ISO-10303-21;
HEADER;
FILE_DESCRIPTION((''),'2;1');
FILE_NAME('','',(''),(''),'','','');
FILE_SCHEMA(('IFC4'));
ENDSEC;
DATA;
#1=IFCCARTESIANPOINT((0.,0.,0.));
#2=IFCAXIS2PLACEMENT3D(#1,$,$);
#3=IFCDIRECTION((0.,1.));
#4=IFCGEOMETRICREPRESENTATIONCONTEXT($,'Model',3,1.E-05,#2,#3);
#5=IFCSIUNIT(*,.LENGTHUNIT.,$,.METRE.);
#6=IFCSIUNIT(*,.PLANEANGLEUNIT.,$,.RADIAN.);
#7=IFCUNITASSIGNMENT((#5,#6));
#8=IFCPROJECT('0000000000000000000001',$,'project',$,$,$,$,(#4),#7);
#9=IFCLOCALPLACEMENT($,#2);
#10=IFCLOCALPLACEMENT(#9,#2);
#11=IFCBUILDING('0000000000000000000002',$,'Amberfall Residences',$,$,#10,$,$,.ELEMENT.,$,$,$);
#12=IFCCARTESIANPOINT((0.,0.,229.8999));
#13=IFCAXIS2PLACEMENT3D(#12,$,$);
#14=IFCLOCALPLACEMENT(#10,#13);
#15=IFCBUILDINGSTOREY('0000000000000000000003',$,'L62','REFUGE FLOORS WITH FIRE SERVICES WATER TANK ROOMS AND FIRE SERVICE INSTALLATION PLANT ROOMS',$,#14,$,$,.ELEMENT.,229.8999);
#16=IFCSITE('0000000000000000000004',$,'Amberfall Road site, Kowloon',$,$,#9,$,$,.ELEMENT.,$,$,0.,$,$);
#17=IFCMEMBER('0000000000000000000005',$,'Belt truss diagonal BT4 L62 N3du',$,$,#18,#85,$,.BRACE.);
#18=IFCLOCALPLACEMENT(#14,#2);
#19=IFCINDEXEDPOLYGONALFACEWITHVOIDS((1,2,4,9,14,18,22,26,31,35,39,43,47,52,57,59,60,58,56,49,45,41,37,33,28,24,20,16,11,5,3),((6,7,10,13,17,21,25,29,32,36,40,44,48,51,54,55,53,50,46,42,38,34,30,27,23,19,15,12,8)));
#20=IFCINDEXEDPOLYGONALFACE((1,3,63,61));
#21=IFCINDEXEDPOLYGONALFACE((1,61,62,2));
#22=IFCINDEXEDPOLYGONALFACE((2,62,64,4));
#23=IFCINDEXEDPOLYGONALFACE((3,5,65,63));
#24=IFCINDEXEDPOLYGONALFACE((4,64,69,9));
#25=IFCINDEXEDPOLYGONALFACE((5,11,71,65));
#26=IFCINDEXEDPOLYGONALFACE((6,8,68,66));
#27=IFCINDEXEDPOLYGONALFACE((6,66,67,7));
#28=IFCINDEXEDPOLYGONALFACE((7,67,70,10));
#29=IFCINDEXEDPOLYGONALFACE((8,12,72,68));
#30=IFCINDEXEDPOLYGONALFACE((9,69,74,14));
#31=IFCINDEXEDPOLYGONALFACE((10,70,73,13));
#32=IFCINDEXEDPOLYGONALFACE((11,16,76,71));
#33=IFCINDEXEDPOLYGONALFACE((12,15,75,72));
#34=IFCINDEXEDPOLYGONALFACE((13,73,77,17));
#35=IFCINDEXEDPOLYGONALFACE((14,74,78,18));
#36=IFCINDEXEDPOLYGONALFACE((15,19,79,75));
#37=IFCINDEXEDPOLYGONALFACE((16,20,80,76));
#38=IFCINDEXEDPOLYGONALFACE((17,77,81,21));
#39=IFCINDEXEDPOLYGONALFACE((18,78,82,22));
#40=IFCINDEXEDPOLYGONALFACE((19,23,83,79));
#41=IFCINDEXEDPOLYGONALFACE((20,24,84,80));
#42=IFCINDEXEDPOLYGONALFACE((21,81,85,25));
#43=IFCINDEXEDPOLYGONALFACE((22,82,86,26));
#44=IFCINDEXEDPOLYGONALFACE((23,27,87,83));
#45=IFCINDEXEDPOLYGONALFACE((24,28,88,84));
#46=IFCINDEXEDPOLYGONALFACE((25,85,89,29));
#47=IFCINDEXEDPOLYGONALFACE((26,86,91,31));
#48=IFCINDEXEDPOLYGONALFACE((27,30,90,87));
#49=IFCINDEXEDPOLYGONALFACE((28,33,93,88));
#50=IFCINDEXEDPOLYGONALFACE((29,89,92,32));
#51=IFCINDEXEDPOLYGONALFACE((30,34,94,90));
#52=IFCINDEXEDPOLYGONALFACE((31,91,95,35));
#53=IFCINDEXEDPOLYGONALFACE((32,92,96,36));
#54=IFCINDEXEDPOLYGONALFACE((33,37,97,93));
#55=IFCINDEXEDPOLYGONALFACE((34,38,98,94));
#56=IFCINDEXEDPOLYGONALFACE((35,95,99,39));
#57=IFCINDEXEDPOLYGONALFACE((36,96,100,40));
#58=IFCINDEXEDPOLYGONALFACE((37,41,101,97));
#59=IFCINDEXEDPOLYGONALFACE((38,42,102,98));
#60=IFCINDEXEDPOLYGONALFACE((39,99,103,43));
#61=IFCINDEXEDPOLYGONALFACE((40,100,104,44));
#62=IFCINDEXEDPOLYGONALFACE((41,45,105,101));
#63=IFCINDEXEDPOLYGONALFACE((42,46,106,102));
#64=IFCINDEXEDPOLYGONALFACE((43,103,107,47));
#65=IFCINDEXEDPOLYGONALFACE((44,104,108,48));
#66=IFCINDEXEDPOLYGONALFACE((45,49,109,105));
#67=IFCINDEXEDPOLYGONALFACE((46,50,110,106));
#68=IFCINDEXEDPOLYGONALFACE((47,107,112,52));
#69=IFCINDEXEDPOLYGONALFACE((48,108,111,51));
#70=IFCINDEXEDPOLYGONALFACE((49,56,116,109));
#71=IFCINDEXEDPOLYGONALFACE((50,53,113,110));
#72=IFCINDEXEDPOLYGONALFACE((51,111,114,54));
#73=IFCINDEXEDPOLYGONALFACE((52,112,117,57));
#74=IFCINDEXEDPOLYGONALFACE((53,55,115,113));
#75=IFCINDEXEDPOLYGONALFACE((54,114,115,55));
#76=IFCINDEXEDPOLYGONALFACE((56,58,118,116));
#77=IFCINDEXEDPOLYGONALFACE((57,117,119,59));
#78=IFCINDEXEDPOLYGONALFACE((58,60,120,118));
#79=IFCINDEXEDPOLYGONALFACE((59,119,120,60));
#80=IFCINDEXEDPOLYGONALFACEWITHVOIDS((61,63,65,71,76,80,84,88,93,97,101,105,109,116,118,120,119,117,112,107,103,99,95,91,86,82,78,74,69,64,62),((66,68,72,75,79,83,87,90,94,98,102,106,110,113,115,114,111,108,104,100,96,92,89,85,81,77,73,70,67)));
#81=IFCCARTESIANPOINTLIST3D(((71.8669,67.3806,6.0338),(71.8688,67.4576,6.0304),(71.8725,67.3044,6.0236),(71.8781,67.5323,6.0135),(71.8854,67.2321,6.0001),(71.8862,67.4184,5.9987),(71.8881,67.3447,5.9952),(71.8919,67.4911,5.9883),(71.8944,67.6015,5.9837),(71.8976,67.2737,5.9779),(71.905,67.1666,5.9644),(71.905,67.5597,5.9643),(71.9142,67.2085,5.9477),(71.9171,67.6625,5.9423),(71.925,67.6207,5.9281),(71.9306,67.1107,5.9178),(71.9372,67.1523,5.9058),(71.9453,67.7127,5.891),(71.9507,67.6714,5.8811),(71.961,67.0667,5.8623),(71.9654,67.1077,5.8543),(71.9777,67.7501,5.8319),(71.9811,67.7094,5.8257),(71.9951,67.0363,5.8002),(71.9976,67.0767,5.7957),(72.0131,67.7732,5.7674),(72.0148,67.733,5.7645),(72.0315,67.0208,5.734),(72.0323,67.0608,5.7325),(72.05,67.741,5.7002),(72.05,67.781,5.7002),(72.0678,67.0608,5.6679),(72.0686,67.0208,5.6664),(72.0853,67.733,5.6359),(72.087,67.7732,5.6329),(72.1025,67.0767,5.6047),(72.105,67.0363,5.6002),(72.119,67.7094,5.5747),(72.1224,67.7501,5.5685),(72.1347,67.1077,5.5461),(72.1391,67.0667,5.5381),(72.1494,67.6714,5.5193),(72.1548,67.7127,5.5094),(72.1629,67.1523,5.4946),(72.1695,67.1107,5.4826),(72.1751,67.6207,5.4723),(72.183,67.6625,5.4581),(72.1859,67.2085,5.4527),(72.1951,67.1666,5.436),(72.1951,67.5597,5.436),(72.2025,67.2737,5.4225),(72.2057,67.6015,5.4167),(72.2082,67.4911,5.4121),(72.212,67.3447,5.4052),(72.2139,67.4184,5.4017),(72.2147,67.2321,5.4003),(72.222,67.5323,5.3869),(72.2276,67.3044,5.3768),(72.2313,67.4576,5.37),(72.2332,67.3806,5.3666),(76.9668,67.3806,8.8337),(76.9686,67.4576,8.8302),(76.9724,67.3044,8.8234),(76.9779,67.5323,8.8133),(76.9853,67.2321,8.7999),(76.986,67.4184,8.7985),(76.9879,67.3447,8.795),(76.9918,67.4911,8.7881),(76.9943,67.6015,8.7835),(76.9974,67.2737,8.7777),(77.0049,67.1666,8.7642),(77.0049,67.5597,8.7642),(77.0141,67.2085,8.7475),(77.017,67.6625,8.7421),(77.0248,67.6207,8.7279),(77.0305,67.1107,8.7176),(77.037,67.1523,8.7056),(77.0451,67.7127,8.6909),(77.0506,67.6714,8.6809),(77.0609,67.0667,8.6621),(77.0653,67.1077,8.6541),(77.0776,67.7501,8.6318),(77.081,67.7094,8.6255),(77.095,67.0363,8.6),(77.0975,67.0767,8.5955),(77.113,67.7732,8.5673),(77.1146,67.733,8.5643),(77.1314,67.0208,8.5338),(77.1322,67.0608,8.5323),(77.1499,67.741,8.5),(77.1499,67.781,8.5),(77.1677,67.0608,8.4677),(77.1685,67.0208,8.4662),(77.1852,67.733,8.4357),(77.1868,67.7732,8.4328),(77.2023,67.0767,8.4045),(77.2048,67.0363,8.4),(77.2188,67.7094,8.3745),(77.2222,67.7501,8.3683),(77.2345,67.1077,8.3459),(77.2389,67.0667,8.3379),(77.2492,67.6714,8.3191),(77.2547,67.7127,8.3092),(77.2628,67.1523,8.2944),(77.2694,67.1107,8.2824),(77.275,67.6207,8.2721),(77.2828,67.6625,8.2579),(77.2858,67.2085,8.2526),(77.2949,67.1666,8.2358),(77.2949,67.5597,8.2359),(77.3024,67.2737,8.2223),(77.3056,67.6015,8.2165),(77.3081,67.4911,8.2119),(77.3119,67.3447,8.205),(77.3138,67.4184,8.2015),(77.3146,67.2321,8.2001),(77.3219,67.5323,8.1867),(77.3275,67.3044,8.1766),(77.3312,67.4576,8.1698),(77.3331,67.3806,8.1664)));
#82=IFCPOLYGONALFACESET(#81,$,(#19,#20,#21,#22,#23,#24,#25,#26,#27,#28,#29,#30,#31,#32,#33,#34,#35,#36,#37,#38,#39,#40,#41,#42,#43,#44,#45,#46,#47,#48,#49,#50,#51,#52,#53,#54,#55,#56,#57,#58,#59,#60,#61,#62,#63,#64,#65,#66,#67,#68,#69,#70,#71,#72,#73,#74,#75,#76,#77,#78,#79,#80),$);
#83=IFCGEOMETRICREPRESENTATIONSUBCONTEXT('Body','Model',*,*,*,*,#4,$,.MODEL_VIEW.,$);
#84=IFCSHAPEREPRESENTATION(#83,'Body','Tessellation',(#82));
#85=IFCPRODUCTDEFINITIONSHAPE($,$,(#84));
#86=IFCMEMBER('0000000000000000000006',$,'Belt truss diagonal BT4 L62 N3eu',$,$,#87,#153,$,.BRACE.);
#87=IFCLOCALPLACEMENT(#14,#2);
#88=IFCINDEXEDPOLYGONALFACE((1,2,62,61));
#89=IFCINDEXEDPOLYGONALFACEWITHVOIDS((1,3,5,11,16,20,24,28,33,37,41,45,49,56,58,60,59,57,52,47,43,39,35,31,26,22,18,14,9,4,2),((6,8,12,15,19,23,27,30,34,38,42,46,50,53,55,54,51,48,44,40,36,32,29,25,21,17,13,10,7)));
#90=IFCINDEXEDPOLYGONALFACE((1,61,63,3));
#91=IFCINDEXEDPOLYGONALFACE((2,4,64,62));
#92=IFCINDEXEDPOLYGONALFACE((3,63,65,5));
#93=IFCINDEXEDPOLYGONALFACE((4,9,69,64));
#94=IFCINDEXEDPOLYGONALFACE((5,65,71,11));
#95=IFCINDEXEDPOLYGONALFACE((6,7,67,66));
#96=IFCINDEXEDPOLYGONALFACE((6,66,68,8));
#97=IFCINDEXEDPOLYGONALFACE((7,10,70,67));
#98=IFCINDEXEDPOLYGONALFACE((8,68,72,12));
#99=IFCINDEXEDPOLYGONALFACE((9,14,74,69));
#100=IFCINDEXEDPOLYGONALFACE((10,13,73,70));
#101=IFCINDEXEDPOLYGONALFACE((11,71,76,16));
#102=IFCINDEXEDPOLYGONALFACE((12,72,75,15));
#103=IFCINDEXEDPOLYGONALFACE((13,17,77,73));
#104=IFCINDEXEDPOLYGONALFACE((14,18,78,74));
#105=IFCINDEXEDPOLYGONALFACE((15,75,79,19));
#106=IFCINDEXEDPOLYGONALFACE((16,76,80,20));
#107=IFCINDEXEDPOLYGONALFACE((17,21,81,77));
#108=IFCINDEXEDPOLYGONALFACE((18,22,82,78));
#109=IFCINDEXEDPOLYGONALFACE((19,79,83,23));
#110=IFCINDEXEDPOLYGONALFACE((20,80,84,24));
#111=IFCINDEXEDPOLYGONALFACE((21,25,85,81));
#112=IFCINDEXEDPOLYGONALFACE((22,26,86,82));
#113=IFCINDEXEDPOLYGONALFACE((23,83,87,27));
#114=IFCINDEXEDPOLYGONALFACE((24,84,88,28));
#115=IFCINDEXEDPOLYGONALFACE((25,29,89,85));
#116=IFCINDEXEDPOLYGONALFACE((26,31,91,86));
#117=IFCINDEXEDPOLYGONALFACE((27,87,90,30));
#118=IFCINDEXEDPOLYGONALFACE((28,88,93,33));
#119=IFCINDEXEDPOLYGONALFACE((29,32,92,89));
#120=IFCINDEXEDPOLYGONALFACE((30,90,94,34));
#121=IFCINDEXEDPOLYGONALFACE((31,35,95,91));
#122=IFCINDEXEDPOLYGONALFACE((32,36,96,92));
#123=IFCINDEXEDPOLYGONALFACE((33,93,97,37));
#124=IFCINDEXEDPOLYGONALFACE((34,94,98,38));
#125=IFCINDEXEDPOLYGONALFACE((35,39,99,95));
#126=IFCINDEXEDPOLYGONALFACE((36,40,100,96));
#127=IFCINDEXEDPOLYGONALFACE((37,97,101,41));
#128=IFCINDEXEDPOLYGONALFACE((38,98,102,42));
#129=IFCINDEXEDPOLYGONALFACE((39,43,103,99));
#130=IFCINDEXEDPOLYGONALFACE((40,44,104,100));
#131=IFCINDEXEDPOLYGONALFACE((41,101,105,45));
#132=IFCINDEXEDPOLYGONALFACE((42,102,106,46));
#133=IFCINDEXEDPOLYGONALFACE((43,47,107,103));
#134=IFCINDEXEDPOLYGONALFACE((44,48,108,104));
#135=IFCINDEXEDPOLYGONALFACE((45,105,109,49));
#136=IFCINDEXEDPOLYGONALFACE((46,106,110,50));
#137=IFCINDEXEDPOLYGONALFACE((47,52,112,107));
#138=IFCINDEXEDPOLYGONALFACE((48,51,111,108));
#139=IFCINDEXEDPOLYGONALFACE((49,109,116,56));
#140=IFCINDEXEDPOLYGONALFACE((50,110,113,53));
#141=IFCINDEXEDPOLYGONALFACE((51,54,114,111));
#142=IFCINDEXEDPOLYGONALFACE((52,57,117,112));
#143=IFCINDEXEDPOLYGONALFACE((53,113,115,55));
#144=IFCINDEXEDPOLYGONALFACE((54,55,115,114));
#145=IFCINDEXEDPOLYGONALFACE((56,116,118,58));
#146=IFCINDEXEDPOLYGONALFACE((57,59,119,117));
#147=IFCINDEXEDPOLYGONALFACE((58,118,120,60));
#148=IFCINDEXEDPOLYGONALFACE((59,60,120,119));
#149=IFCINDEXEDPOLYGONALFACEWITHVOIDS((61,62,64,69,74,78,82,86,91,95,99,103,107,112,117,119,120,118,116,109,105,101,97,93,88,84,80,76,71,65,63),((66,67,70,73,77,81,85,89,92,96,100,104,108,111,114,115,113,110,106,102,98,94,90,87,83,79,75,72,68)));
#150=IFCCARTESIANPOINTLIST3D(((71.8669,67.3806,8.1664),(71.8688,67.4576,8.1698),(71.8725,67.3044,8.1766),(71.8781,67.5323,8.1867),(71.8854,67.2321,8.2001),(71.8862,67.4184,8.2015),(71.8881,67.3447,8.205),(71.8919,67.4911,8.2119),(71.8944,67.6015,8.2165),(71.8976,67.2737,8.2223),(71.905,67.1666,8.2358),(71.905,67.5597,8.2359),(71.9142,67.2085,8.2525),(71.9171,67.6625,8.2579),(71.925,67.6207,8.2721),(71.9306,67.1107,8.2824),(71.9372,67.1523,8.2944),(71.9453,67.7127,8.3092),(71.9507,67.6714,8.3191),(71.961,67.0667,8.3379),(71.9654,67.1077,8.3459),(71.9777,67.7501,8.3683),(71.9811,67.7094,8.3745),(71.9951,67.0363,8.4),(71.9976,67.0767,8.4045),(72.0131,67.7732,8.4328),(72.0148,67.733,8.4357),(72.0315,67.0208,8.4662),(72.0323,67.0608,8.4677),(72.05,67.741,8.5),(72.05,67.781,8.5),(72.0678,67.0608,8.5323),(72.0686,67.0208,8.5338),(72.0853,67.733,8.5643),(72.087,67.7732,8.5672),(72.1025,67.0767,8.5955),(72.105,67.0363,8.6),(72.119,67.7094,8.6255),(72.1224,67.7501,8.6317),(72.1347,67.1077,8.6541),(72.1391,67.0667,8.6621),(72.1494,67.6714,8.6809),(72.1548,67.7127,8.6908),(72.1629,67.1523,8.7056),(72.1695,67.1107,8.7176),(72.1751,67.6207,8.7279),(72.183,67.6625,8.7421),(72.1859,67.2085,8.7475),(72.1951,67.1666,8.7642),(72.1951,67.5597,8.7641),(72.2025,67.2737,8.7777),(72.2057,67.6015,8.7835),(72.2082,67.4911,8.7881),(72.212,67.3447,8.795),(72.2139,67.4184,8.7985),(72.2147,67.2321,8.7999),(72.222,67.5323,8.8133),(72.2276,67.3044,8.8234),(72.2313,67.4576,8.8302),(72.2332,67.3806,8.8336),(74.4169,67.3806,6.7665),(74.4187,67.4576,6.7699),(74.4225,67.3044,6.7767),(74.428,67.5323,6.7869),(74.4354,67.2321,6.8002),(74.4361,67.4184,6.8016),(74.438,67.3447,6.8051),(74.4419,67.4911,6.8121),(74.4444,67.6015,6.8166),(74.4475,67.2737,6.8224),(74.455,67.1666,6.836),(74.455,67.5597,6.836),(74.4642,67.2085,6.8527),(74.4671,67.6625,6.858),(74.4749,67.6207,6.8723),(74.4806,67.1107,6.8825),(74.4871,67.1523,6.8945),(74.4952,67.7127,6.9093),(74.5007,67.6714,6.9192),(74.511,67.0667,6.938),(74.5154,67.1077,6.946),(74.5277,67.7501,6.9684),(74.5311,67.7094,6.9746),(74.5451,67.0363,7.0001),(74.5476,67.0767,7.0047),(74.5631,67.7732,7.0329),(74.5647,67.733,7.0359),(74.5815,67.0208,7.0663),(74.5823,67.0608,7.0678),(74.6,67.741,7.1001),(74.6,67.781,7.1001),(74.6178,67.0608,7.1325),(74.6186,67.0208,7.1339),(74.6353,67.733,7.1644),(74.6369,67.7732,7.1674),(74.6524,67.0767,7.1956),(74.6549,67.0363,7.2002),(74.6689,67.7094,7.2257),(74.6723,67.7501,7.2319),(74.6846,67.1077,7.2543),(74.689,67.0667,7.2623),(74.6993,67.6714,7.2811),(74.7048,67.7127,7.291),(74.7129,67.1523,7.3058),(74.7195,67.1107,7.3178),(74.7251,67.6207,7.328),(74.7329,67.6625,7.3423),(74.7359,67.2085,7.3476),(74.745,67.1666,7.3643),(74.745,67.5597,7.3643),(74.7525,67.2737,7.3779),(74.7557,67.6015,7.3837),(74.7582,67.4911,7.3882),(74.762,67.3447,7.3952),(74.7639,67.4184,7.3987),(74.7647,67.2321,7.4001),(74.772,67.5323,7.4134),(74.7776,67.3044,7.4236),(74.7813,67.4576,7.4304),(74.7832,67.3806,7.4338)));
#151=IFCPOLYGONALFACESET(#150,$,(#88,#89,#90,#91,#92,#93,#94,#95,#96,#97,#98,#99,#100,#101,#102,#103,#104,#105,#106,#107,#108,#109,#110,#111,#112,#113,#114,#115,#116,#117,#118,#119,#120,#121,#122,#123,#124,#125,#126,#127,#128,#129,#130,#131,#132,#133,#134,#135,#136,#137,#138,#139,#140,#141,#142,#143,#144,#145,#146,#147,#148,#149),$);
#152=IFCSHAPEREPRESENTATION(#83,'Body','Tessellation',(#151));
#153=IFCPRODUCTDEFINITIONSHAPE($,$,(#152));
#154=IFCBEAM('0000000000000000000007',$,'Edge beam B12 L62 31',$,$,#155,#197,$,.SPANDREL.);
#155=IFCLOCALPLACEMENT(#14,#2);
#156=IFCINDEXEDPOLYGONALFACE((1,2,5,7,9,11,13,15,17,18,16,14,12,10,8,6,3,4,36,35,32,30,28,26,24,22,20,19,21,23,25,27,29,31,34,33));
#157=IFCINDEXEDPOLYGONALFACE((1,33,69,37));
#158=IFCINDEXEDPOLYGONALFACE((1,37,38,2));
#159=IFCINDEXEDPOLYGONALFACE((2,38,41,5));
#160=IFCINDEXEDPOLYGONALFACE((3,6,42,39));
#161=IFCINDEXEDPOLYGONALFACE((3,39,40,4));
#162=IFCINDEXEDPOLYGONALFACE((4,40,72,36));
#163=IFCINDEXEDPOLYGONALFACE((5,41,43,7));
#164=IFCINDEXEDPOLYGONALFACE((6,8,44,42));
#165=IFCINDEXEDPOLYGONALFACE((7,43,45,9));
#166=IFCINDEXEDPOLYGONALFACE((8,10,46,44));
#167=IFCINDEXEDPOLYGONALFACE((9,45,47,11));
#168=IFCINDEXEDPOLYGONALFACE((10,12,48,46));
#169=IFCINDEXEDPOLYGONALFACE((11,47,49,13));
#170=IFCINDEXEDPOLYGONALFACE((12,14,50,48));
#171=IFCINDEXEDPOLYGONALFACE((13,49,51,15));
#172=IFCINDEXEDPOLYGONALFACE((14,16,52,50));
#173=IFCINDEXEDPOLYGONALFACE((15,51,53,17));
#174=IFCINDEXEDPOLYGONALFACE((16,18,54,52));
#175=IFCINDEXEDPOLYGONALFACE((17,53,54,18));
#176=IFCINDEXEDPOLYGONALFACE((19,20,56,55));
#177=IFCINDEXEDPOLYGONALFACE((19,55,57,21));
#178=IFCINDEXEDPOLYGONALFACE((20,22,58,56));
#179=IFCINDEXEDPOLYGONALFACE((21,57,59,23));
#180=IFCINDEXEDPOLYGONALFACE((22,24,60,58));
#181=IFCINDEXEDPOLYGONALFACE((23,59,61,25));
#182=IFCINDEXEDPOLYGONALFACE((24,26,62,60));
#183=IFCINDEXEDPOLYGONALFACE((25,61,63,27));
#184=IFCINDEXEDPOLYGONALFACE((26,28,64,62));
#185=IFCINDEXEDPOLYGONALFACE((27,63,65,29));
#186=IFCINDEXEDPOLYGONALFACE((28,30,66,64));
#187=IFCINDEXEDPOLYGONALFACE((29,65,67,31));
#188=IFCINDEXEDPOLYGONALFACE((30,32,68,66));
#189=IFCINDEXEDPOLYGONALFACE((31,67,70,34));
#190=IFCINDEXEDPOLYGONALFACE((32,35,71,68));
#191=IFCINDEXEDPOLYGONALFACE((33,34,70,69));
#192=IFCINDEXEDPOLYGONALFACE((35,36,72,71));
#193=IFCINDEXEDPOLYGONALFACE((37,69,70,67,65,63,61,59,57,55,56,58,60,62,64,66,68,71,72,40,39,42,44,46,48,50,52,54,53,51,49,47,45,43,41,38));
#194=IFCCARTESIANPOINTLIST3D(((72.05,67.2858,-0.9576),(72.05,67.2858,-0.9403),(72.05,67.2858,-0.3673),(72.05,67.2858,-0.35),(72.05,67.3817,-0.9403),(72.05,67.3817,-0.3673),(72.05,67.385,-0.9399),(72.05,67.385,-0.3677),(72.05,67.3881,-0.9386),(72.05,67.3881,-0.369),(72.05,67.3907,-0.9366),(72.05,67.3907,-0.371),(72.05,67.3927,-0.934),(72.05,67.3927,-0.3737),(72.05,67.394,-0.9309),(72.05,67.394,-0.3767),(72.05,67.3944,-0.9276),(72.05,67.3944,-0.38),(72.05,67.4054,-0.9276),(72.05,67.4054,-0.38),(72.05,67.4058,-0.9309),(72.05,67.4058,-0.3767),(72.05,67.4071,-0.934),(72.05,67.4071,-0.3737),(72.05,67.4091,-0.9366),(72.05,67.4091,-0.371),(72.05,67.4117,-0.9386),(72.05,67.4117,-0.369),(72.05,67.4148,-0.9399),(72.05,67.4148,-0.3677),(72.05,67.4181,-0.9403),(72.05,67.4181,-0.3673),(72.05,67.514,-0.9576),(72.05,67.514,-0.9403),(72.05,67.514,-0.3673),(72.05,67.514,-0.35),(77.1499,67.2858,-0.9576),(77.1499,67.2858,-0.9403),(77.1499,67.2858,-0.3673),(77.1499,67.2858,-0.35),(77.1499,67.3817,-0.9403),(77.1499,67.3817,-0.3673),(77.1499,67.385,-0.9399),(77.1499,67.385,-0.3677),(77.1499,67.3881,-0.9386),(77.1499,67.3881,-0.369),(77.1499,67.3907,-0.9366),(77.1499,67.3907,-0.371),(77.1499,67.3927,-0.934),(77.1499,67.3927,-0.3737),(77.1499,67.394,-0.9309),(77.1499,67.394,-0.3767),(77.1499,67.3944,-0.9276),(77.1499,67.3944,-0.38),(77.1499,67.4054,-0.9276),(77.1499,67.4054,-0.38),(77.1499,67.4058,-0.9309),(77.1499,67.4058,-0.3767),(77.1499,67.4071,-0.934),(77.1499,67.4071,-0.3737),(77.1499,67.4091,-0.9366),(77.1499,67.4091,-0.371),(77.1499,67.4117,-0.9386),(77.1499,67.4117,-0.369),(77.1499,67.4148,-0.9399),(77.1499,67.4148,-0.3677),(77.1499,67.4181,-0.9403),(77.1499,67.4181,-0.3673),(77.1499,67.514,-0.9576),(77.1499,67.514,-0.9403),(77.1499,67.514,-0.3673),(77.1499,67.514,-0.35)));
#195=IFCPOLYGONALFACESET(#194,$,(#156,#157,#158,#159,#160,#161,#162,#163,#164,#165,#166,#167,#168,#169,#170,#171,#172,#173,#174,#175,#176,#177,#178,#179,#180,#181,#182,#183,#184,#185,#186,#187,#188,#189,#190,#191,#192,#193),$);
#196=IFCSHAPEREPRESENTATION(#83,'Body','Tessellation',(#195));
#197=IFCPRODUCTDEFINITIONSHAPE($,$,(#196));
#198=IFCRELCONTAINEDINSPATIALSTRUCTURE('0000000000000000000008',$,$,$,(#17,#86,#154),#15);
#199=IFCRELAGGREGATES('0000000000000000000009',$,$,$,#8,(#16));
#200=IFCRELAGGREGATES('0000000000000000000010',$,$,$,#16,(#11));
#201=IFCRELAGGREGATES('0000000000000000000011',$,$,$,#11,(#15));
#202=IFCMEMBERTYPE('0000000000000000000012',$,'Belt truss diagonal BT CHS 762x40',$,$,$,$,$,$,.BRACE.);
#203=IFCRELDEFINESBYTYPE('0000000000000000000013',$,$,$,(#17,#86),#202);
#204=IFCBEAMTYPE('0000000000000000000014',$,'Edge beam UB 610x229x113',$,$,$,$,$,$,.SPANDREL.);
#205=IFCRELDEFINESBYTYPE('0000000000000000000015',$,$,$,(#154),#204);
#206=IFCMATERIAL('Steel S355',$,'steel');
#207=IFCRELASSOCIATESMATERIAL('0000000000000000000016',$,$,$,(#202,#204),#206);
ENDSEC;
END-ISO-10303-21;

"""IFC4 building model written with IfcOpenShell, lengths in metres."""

from ifc_helpers import new_model, si_unit, direction, frame, origin, origin_2d, place, context, subcontext, project, spatial, hollow_circle, i_section, extrude, material, material_profile, profile_set, type_object, element, save


model = new_model("IFC4")

# Units and contexts
model_context = context("Model", 3, precision=1e-05, world=origin(), true_north=direction((0.0, 1.0)))
body_context = subcontext(model_context, "Body", "Model", "MODEL_VIEW")
ifc_project = project(units=[si_unit("LENGTHUNIT", "METRE"), si_unit("PLANEANGLEUNIT", "RADIAN")], contexts=[model_context])

# Site, building, storey
site_placement = place(None, origin())
site = spatial("IfcSite", under=ifc_project, at=site_placement, Name="Amberfall Road site, Kowloon", CompositionType="ELEMENT", RefElevation=0.0)
building_placement = place(site_placement, origin())
building = spatial("IfcBuilding", under=site, at=building_placement, Name="Amberfall Residences", CompositionType="ELEMENT")
storey_placement = place(building_placement, frame((0.0, 0.0, 229.8999)))
storey = spatial("IfcBuildingStorey", under=building, at=storey_placement, Name="L62", Description="REFUGE FLOORS WITH FIRE SERVICES WATER TANK ROOMS AND FIRE SERVICE INSTALLATION PLANT ROOMS", CompositionType="ELEMENT", Elevation=229.8999)

# Shared definitions
ifc_material_1 = material(Name="Steel S355", Category="steel")

# Members
ifc_material_profile_1 = material_profile(ifc_material_1, hollow_circle(Radius=0.3811, WallThickness=0.04, at=origin_2d()), Name="CHS 762x40")
ifc_profile_set_1 = profile_set([ifc_material_profile_1], Name="Steel S355")
member_type_1 = type_object("IfcMemberType", Name="Belt truss diagonal BT CHS 762x40", PredefinedType="BRACE", material=ifc_profile_set_1)
member_1_placement = place(storey_placement, frame((72.05, 67.3999, 5.7002), z_axis=(0.876587, 0.0, 0.481244), x_axis=(0.0, 1.0, 0.0)))
element("IfcMember", 1, at=member_1_placement, inside=storey, type_object=member_type_1, Name="Belt truss diagonal BT4 L62 N3du", PredefinedType="BRACE", context=body_context, shape_type="SweptSolid", body=[
    extrude(hollow_circle(Radius=0.3811, WallThickness=0.04, at=origin_2d()), origin(), (0.0, 0.0, 1.0), 5.8179),
])
member_2_placement = place(storey_placement, frame((72.05, 67.3999, 8.5), z_axis=(0.876597, 0.0, -0.481226), x_axis=(0.0, 1.0, 0.0)))
element("IfcMember", 2, at=member_2_placement, inside=storey, type_object=member_type_1, Name="Belt truss diagonal BT4 L62 N3eu", PredefinedType="BRACE", context=body_context, shape_type="SweptSolid", body=[
    extrude(hollow_circle(Radius=0.3811, WallThickness=0.04, at=origin_2d()), origin(), (0.0, 0.0, 1.0), 2.9089),
])

# Beam
ifc_material_profile_2 = material_profile(ifc_material_1, i_section(OverallWidth=0.2283, OverallDepth=0.6077, WebThickness=0.011, FlangeThickness=0.0173, FilletRadius=0.0127, at=origin_2d()), Name="UB 610x229x113")
ifc_profile_set_2 = profile_set([ifc_material_profile_2], Name="Steel S355")
beam_type_1 = type_object("IfcBeamType", Name="Edge beam UB 610x229x113", PredefinedType="SPANDREL", material=ifc_profile_set_2)
beam_placement = place(storey_placement, frame((72.05, 67.3999, -0.6538), z_axis=(1.0, 0.0, 0.0), x_axis=(0.0, 1.0, 0.0)))
element("IfcBeam", 3, at=beam_placement, inside=storey, type_object=beam_type_1, Name="Edge beam B12 L62 31", PredefinedType="SPANDREL", context=body_context, shape_type="SweptSolid", body=[
    extrude(i_section(OverallWidth=0.2283, OverallDepth=0.6077, WebThickness=0.011, FlangeThickness=0.0173, FilletRadius=0.0127, at=origin_2d()), origin(), (0.0, 0.0, 1.0), 5.0999),
])

save(model, "model.ifc")
